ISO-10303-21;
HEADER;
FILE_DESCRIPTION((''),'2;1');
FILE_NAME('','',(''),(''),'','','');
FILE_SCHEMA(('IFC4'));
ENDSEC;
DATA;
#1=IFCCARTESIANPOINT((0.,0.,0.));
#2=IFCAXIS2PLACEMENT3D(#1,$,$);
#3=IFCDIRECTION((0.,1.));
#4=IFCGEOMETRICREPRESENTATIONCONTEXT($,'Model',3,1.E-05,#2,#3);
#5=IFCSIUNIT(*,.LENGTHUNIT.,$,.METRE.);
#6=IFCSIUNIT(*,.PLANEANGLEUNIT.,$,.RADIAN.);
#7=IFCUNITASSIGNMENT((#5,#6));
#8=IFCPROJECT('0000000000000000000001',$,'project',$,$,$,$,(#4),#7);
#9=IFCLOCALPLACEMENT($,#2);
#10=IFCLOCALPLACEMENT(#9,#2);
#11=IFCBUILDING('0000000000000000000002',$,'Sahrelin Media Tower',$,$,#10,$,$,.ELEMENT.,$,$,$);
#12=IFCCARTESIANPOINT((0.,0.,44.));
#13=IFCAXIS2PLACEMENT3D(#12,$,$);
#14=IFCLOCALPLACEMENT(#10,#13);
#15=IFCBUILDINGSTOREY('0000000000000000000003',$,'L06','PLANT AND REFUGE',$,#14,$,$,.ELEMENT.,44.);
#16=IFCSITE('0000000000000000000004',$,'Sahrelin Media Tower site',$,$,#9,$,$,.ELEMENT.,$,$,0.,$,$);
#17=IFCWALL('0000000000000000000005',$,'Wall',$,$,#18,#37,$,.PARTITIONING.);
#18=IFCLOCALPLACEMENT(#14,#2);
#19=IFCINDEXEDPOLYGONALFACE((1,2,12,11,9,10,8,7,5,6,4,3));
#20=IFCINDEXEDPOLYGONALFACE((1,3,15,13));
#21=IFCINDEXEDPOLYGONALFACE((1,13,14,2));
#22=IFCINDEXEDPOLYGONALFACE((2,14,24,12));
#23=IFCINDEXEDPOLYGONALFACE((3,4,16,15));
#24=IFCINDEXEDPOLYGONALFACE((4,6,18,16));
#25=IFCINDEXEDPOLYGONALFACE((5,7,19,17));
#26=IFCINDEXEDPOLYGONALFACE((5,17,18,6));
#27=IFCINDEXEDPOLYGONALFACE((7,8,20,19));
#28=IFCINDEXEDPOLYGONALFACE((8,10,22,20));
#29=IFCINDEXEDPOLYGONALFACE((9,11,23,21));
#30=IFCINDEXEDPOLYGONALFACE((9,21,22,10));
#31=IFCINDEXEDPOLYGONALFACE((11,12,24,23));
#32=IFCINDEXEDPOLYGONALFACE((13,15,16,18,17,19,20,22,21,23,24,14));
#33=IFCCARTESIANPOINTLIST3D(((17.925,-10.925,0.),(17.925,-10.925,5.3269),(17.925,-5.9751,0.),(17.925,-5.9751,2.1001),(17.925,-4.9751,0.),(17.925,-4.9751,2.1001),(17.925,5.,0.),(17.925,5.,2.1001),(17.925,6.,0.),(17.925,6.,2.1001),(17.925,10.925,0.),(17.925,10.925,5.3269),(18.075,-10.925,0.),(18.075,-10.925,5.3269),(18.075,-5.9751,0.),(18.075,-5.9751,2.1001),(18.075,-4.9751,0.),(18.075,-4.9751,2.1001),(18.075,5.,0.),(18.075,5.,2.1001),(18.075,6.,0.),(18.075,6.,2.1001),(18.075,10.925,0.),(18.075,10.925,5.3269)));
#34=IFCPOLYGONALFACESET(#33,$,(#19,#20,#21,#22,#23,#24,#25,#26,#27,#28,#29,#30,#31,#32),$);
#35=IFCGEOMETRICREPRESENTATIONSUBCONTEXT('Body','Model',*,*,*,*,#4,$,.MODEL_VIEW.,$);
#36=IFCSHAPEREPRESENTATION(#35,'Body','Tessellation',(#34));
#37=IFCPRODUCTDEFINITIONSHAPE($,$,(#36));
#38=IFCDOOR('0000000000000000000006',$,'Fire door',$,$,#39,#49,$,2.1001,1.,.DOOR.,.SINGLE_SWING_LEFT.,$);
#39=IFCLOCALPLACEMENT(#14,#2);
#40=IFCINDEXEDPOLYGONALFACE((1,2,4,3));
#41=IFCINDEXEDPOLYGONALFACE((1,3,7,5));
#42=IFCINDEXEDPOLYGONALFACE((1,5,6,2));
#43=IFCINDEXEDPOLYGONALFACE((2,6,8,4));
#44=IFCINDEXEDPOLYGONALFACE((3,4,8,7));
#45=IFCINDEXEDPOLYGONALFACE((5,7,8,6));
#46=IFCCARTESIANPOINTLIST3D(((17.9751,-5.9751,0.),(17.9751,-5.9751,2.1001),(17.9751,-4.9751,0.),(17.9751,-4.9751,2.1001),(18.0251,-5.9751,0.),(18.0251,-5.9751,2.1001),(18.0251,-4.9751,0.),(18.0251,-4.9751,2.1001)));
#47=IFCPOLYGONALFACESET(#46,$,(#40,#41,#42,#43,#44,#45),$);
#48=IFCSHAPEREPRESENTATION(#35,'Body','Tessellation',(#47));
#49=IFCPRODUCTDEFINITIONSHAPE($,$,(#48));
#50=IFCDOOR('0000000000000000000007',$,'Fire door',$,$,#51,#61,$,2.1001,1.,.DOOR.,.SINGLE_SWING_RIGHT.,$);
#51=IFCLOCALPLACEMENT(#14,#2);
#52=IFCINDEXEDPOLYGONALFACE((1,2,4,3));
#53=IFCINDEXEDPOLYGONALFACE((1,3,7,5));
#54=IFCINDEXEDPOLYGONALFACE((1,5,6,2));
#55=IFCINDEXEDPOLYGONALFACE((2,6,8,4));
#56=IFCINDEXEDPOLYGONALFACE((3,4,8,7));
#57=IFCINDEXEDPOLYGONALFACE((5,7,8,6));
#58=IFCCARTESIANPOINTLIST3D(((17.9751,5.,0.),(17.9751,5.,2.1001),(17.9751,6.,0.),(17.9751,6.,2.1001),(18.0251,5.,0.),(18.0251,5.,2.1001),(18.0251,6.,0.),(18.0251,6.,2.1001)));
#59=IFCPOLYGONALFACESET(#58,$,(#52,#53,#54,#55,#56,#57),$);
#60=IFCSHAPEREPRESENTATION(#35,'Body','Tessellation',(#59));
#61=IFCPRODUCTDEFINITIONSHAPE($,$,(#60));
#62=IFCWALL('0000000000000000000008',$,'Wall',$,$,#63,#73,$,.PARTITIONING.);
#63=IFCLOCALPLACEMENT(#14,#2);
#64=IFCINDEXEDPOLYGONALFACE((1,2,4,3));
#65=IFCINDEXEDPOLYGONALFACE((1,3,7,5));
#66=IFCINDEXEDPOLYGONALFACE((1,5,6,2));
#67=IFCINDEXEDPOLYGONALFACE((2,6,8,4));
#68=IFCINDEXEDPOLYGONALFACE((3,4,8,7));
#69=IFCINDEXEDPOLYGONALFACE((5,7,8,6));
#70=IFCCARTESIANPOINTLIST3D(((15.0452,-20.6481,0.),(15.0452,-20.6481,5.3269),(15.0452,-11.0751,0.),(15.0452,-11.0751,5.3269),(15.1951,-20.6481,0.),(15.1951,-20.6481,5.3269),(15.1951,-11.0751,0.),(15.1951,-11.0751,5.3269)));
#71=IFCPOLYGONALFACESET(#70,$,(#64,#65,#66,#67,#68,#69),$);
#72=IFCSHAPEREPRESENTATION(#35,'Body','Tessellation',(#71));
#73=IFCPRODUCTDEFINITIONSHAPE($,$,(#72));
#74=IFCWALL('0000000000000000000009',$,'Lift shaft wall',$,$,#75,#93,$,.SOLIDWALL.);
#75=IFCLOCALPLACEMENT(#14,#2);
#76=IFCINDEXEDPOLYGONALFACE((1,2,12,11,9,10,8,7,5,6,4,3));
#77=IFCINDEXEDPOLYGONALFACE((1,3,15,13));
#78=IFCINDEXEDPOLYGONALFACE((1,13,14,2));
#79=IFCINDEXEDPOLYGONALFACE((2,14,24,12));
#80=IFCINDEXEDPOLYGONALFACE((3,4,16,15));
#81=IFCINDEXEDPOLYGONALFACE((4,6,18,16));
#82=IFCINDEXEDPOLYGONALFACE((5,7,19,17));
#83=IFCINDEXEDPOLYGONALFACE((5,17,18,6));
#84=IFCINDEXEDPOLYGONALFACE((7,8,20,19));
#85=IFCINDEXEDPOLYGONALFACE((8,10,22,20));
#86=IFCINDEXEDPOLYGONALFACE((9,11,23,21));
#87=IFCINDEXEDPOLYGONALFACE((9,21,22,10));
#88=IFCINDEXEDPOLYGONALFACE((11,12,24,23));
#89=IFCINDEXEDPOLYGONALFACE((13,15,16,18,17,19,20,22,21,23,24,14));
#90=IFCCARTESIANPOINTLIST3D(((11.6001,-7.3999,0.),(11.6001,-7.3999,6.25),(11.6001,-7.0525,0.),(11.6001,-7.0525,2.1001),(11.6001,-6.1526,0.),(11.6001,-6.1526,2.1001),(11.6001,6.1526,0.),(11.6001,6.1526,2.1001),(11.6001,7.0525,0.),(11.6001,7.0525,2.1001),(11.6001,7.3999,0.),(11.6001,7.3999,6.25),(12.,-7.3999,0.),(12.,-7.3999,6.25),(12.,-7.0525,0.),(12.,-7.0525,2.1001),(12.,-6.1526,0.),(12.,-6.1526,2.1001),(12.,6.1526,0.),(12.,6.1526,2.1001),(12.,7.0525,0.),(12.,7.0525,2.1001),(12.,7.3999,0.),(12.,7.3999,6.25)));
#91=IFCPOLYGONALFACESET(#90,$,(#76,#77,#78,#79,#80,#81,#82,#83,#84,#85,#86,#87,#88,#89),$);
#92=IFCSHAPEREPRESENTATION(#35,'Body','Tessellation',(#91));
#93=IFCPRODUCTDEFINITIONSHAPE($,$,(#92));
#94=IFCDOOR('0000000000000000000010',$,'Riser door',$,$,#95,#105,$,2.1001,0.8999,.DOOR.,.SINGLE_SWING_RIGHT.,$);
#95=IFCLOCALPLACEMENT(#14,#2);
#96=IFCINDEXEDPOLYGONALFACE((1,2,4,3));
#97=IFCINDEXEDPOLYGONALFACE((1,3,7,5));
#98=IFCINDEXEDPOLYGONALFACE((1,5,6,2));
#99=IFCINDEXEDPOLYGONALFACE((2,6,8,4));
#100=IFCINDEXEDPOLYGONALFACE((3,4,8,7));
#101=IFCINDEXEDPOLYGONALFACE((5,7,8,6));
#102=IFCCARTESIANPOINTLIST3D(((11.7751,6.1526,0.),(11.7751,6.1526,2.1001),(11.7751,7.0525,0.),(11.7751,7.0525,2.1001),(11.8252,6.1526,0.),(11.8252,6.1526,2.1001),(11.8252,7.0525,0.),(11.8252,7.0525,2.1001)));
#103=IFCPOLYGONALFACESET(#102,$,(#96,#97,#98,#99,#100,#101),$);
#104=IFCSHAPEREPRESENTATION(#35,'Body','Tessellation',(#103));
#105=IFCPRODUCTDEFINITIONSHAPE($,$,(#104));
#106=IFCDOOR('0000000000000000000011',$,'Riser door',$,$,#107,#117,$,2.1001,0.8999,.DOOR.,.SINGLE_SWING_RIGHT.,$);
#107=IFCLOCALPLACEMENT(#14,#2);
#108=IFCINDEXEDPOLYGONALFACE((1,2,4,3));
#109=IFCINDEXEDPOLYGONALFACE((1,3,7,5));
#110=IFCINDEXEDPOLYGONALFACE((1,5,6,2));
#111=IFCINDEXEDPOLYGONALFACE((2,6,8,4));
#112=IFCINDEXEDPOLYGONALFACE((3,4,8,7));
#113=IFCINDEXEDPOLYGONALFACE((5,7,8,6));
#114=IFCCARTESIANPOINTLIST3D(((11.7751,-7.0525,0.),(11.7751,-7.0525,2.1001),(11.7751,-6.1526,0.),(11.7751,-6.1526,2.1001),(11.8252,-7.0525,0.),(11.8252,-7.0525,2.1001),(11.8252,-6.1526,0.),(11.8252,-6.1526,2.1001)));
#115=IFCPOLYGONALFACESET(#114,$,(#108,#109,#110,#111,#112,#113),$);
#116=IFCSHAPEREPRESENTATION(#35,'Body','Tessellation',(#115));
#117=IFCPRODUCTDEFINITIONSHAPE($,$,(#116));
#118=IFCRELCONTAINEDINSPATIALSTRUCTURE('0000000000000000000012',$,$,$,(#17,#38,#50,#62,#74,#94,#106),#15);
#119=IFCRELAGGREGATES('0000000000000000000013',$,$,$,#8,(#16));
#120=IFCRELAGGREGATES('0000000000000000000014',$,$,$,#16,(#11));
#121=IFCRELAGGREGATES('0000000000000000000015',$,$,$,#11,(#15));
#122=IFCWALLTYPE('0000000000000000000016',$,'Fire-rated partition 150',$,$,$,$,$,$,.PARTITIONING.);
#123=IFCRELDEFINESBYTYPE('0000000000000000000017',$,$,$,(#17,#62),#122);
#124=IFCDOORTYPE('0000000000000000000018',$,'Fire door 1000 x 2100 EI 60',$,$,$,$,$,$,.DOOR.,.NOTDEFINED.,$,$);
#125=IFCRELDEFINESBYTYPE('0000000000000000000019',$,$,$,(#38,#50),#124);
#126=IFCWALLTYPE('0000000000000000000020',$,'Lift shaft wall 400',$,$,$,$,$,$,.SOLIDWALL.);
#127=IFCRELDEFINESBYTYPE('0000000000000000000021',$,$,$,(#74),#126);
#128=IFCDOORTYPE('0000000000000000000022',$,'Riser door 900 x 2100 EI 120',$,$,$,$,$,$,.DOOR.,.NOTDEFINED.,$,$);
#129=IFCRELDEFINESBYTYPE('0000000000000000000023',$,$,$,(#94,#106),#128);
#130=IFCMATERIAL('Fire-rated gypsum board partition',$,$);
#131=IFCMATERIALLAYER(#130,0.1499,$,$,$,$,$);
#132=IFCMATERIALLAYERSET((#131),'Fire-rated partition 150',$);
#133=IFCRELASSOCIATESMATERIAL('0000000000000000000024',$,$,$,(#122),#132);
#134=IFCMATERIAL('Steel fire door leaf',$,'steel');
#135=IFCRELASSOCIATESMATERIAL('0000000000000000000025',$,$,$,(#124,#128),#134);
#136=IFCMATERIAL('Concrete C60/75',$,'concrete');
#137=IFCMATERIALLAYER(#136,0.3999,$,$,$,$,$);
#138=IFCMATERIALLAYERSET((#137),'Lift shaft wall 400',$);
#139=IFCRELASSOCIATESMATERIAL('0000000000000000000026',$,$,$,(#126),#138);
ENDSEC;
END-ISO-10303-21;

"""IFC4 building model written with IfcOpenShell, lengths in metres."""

from ifc_helpers import new_model, si_unit, direction, frame, frame_2d, origin, place, context, subcontext, project, spatial, rectangle, extrude, material, layer, layer_set, type_object, element, fill, save


model = new_model("IFC4")

# Units and contexts
model_context = context("Model", 3, precision=1e-05, world=origin(), true_north=direction((0.0, 1.0)))
body_context = subcontext(model_context, "Body", "Model", "MODEL_VIEW")
ifc_project = project(units=[si_unit("LENGTHUNIT", "METRE"), si_unit("PLANEANGLEUNIT", "RADIAN")], contexts=[model_context])

# Site, building, storey
site_placement = place(None, origin())
site = spatial("IfcSite", under=ifc_project, at=site_placement, Name="Sahrelin Media Tower site", CompositionType="ELEMENT", RefElevation=0.0)
building_placement = place(site_placement, origin())
building = spatial("IfcBuilding", under=site, at=building_placement, Name="Sahrelin Media Tower", CompositionType="ELEMENT")
storey_placement = place(building_placement, frame((0.0, 0.0, 44.0)))
storey = spatial("IfcBuildingStorey", under=building, at=storey_placement, Name="L06", Description="PLANT AND REFUGE", CompositionType="ELEMENT", Elevation=44.0)

# Shared definitions
ifc_material_1 = material(Name="Concrete C60/75", Category="concrete")

# Wall, openings, doors
ifc_material_2 = material(Name="Fire-rated gypsum board partition")
ifc_layer_1 = layer(ifc_material_2, 0.1499)
ifc_layer_set_1 = layer_set([ifc_layer_1], Name="Fire-rated partition 150")
wall_type_1 = type_object("IfcWallType", Name="Fire-rated partition 150", PredefinedType="PARTITIONING", material=ifc_layer_set_1)
wall_1_placement = place(storey_placement, frame((18.0, -10.925, 0.0), z_axis=(0.0, 0.0, 1.0), x_axis=(0.0, 1.0, 0.0)))
wall_1 = element("IfcWall", 1, at=wall_1_placement, inside=storey, type_object=wall_type_1, Name="Wall", PredefinedType="PARTITIONING", context=body_context, shape_type="SweptSolid", body=[
    extrude(rectangle(XDim=21.8501, YDim=0.1499, at=frame_2d((10.925, 0.0))), origin(), (0.0, 0.0, 1.0), 5.3269),
])
opening_1_placement = place(wall_1_placement, frame((4.95, 0.0, 0.0)))
opening_1 = element("IfcOpeningElement", 2, at=opening_1_placement, cuts=wall_1, PredefinedType="OPENING", context=body_context, shape_type="SweptSolid", body=[
    extrude(rectangle(XDim=1.0, YDim=2.1001, at=frame_2d((0.5, 1.05))), frame((0.0, 0.075, 0.0), z_axis=(0.0, -1.0, 0.0), x_axis=(1.0, 0.0, 0.0)), (0.0, 0.0, 1.0), 0.1499),
])
opening_2_placement = place(wall_1_placement, frame((15.925, 0.0, 0.0)))
opening_2 = element("IfcOpeningElement", 3, at=opening_2_placement, cuts=wall_1, PredefinedType="OPENING", context=body_context, shape_type="SweptSolid", body=[
    extrude(rectangle(XDim=1.0, YDim=2.1001, at=frame_2d((0.5, 1.05))), frame((0.0, 0.075, 0.0), z_axis=(0.0, -1.0, 0.0), x_axis=(1.0, 0.0, 0.0)), (0.0, 0.0, 1.0), 0.1499),
])
ifc_material_3 = material(Name="Steel fire door leaf", Category="steel")
door_type_1 = type_object("IfcDoorType", Name="Fire door 1000 x 2100 EI 60", OperationType="NOTDEFINED", PredefinedType="DOOR", material=ifc_material_3)
door_1_placement = place(opening_1_placement, origin())
door_1 = element("IfcDoor", 4, at=door_1_placement, inside=storey, type_object=door_type_1, Name="Fire door", OperationType="SINGLE_SWING_LEFT", OverallHeight=2.1001, OverallWidth=1.0, PredefinedType="DOOR", context=body_context, shape_type="SweptSolid", body=[
    extrude(rectangle(XDim=1.0, YDim=2.1001, at=frame_2d((0.5, 1.05))), frame((0.0, 0.0249, 0.0), z_axis=(0.0, -1.0, 0.0), x_axis=(1.0, 0.0, 0.0)), (0.0, 0.0, 1.0), 0.05),
])
fill(opening_1, door_1)
door_2_placement = place(opening_2_placement, origin())
door_2 = element("IfcDoor", 5, at=door_2_placement, inside=storey, type_object=door_type_1, Name="Fire door", OperationType="SINGLE_SWING_RIGHT", OverallHeight=2.1001, OverallWidth=1.0, PredefinedType="DOOR", context=body_context, shape_type="SweptSolid", body=[
    extrude(rectangle(XDim=1.0, YDim=2.1001, at=frame_2d((0.5, 1.05))), frame((0.0, 0.0249, 0.0), z_axis=(0.0, -1.0, 0.0), x_axis=(1.0, 0.0, 0.0)), (0.0, 0.0, 1.0), 0.05),
])
fill(opening_2, door_2)

# Wall
wall_2_placement = place(storey_placement, frame((15.1201, -11.075, 0.0), z_axis=(0.0, 0.0, 1.0), x_axis=(0.0, -1.0, 0.0)))
element("IfcWall", 6, at=wall_2_placement, inside=storey, type_object=wall_type_1, Name="Wall", PredefinedType="PARTITIONING", context=body_context, shape_type="SweptSolid", body=[
    extrude(rectangle(XDim=9.573, YDim=0.1499, at=frame_2d((4.7866, 0.0))), origin(), (0.0, 0.0, 1.0), 5.3269),
])

# Wall, openings, doors
ifc_layer_2 = layer(ifc_material_1, 0.3999)
ifc_layer_set_2 = layer_set([ifc_layer_2], Name="Lift shaft wall 400")
wall_type_2 = type_object("IfcWallType", Name="Lift shaft wall 400", PredefinedType="SOLIDWALL", material=ifc_layer_set_2)
wall_3_placement = place(storey_placement, frame((11.8, -7.3999, 0.0), z_axis=(0.0, 0.0, 1.0), x_axis=(0.0, 1.0, 0.0)))
wall_3 = element("IfcWall", 7, at=wall_3_placement, inside=storey, type_object=wall_type_2, Name="Lift shaft wall", PredefinedType="SOLIDWALL", context=body_context, shape_type="SweptSolid", body=[
    extrude(rectangle(XDim=14.7998, YDim=0.3999, at=frame_2d((7.3999, 0.0))), origin(), (0.0, 0.0, 1.0), 6.25),
])
opening_3_placement = place(wall_3_placement, frame((13.5525, 0.0, 0.0)))
opening_3 = element("IfcOpeningElement", 8, at=opening_3_placement, cuts=wall_3, PredefinedType="OPENING", context=body_context, shape_type="SweptSolid", body=[
    extrude(rectangle(XDim=0.8999, YDim=2.1001, at=frame_2d((0.45, 1.05))), frame((0.0, 0.2, 0.0), z_axis=(0.0, -1.0, 0.0), x_axis=(1.0, 0.0, 0.0)), (0.0, 0.0, 1.0), 0.3999),
])
opening_4_placement = place(wall_3_placement, frame((0.3474, 0.0, 0.0)))
opening_4 = element("IfcOpeningElement", 9, at=opening_4_placement, cuts=wall_3, PredefinedType="OPENING", context=body_context, shape_type="SweptSolid", body=[
    extrude(rectangle(XDim=0.8999, YDim=2.1001, at=frame_2d((0.45, 1.05))), frame((0.0, 0.2, 0.0), z_axis=(0.0, -1.0, 0.0), x_axis=(1.0, 0.0, 0.0)), (0.0, 0.0, 1.0), 0.3999),
])
door_type_2 = type_object("IfcDoorType", Name="Riser door 900 x 2100 EI 120", OperationType="NOTDEFINED", PredefinedType="DOOR", material=ifc_material_3)
door_3_placement = place(opening_3_placement, origin())
door_3 = element("IfcDoor", 10, at=door_3_placement, inside=storey, type_object=door_type_2, Name="Riser door", OperationType="SINGLE_SWING_RIGHT", OverallHeight=2.1001, OverallWidth=0.8999, PredefinedType="DOOR", context=body_context, shape_type="SweptSolid", body=[
    extrude(rectangle(XDim=0.8999, YDim=2.1001, at=frame_2d((0.45, 1.05))), frame((0.0, 0.0249, 0.0), z_axis=(0.0, -1.0, 0.0), x_axis=(1.0, 0.0, 0.0)), (0.0, 0.0, 1.0), 0.05),
])
fill(opening_3, door_3)
door_4_placement = place(opening_4_placement, origin())
door_4 = element("IfcDoor", 11, at=door_4_placement, inside=storey, type_object=door_type_2, Name="Riser door", OperationType="SINGLE_SWING_RIGHT", OverallHeight=2.1001, OverallWidth=0.8999, PredefinedType="DOOR", context=body_context, shape_type="SweptSolid", body=[
    extrude(rectangle(XDim=0.8999, YDim=2.1001, at=frame_2d((0.45, 1.05))), frame((0.0, 0.0249, 0.0), z_axis=(0.0, -1.0, 0.0), x_axis=(1.0, 0.0, 0.0)), (0.0, 0.0, 1.0), 0.05),
])
fill(opening_4, door_4)

save(model, "model.ifc")
